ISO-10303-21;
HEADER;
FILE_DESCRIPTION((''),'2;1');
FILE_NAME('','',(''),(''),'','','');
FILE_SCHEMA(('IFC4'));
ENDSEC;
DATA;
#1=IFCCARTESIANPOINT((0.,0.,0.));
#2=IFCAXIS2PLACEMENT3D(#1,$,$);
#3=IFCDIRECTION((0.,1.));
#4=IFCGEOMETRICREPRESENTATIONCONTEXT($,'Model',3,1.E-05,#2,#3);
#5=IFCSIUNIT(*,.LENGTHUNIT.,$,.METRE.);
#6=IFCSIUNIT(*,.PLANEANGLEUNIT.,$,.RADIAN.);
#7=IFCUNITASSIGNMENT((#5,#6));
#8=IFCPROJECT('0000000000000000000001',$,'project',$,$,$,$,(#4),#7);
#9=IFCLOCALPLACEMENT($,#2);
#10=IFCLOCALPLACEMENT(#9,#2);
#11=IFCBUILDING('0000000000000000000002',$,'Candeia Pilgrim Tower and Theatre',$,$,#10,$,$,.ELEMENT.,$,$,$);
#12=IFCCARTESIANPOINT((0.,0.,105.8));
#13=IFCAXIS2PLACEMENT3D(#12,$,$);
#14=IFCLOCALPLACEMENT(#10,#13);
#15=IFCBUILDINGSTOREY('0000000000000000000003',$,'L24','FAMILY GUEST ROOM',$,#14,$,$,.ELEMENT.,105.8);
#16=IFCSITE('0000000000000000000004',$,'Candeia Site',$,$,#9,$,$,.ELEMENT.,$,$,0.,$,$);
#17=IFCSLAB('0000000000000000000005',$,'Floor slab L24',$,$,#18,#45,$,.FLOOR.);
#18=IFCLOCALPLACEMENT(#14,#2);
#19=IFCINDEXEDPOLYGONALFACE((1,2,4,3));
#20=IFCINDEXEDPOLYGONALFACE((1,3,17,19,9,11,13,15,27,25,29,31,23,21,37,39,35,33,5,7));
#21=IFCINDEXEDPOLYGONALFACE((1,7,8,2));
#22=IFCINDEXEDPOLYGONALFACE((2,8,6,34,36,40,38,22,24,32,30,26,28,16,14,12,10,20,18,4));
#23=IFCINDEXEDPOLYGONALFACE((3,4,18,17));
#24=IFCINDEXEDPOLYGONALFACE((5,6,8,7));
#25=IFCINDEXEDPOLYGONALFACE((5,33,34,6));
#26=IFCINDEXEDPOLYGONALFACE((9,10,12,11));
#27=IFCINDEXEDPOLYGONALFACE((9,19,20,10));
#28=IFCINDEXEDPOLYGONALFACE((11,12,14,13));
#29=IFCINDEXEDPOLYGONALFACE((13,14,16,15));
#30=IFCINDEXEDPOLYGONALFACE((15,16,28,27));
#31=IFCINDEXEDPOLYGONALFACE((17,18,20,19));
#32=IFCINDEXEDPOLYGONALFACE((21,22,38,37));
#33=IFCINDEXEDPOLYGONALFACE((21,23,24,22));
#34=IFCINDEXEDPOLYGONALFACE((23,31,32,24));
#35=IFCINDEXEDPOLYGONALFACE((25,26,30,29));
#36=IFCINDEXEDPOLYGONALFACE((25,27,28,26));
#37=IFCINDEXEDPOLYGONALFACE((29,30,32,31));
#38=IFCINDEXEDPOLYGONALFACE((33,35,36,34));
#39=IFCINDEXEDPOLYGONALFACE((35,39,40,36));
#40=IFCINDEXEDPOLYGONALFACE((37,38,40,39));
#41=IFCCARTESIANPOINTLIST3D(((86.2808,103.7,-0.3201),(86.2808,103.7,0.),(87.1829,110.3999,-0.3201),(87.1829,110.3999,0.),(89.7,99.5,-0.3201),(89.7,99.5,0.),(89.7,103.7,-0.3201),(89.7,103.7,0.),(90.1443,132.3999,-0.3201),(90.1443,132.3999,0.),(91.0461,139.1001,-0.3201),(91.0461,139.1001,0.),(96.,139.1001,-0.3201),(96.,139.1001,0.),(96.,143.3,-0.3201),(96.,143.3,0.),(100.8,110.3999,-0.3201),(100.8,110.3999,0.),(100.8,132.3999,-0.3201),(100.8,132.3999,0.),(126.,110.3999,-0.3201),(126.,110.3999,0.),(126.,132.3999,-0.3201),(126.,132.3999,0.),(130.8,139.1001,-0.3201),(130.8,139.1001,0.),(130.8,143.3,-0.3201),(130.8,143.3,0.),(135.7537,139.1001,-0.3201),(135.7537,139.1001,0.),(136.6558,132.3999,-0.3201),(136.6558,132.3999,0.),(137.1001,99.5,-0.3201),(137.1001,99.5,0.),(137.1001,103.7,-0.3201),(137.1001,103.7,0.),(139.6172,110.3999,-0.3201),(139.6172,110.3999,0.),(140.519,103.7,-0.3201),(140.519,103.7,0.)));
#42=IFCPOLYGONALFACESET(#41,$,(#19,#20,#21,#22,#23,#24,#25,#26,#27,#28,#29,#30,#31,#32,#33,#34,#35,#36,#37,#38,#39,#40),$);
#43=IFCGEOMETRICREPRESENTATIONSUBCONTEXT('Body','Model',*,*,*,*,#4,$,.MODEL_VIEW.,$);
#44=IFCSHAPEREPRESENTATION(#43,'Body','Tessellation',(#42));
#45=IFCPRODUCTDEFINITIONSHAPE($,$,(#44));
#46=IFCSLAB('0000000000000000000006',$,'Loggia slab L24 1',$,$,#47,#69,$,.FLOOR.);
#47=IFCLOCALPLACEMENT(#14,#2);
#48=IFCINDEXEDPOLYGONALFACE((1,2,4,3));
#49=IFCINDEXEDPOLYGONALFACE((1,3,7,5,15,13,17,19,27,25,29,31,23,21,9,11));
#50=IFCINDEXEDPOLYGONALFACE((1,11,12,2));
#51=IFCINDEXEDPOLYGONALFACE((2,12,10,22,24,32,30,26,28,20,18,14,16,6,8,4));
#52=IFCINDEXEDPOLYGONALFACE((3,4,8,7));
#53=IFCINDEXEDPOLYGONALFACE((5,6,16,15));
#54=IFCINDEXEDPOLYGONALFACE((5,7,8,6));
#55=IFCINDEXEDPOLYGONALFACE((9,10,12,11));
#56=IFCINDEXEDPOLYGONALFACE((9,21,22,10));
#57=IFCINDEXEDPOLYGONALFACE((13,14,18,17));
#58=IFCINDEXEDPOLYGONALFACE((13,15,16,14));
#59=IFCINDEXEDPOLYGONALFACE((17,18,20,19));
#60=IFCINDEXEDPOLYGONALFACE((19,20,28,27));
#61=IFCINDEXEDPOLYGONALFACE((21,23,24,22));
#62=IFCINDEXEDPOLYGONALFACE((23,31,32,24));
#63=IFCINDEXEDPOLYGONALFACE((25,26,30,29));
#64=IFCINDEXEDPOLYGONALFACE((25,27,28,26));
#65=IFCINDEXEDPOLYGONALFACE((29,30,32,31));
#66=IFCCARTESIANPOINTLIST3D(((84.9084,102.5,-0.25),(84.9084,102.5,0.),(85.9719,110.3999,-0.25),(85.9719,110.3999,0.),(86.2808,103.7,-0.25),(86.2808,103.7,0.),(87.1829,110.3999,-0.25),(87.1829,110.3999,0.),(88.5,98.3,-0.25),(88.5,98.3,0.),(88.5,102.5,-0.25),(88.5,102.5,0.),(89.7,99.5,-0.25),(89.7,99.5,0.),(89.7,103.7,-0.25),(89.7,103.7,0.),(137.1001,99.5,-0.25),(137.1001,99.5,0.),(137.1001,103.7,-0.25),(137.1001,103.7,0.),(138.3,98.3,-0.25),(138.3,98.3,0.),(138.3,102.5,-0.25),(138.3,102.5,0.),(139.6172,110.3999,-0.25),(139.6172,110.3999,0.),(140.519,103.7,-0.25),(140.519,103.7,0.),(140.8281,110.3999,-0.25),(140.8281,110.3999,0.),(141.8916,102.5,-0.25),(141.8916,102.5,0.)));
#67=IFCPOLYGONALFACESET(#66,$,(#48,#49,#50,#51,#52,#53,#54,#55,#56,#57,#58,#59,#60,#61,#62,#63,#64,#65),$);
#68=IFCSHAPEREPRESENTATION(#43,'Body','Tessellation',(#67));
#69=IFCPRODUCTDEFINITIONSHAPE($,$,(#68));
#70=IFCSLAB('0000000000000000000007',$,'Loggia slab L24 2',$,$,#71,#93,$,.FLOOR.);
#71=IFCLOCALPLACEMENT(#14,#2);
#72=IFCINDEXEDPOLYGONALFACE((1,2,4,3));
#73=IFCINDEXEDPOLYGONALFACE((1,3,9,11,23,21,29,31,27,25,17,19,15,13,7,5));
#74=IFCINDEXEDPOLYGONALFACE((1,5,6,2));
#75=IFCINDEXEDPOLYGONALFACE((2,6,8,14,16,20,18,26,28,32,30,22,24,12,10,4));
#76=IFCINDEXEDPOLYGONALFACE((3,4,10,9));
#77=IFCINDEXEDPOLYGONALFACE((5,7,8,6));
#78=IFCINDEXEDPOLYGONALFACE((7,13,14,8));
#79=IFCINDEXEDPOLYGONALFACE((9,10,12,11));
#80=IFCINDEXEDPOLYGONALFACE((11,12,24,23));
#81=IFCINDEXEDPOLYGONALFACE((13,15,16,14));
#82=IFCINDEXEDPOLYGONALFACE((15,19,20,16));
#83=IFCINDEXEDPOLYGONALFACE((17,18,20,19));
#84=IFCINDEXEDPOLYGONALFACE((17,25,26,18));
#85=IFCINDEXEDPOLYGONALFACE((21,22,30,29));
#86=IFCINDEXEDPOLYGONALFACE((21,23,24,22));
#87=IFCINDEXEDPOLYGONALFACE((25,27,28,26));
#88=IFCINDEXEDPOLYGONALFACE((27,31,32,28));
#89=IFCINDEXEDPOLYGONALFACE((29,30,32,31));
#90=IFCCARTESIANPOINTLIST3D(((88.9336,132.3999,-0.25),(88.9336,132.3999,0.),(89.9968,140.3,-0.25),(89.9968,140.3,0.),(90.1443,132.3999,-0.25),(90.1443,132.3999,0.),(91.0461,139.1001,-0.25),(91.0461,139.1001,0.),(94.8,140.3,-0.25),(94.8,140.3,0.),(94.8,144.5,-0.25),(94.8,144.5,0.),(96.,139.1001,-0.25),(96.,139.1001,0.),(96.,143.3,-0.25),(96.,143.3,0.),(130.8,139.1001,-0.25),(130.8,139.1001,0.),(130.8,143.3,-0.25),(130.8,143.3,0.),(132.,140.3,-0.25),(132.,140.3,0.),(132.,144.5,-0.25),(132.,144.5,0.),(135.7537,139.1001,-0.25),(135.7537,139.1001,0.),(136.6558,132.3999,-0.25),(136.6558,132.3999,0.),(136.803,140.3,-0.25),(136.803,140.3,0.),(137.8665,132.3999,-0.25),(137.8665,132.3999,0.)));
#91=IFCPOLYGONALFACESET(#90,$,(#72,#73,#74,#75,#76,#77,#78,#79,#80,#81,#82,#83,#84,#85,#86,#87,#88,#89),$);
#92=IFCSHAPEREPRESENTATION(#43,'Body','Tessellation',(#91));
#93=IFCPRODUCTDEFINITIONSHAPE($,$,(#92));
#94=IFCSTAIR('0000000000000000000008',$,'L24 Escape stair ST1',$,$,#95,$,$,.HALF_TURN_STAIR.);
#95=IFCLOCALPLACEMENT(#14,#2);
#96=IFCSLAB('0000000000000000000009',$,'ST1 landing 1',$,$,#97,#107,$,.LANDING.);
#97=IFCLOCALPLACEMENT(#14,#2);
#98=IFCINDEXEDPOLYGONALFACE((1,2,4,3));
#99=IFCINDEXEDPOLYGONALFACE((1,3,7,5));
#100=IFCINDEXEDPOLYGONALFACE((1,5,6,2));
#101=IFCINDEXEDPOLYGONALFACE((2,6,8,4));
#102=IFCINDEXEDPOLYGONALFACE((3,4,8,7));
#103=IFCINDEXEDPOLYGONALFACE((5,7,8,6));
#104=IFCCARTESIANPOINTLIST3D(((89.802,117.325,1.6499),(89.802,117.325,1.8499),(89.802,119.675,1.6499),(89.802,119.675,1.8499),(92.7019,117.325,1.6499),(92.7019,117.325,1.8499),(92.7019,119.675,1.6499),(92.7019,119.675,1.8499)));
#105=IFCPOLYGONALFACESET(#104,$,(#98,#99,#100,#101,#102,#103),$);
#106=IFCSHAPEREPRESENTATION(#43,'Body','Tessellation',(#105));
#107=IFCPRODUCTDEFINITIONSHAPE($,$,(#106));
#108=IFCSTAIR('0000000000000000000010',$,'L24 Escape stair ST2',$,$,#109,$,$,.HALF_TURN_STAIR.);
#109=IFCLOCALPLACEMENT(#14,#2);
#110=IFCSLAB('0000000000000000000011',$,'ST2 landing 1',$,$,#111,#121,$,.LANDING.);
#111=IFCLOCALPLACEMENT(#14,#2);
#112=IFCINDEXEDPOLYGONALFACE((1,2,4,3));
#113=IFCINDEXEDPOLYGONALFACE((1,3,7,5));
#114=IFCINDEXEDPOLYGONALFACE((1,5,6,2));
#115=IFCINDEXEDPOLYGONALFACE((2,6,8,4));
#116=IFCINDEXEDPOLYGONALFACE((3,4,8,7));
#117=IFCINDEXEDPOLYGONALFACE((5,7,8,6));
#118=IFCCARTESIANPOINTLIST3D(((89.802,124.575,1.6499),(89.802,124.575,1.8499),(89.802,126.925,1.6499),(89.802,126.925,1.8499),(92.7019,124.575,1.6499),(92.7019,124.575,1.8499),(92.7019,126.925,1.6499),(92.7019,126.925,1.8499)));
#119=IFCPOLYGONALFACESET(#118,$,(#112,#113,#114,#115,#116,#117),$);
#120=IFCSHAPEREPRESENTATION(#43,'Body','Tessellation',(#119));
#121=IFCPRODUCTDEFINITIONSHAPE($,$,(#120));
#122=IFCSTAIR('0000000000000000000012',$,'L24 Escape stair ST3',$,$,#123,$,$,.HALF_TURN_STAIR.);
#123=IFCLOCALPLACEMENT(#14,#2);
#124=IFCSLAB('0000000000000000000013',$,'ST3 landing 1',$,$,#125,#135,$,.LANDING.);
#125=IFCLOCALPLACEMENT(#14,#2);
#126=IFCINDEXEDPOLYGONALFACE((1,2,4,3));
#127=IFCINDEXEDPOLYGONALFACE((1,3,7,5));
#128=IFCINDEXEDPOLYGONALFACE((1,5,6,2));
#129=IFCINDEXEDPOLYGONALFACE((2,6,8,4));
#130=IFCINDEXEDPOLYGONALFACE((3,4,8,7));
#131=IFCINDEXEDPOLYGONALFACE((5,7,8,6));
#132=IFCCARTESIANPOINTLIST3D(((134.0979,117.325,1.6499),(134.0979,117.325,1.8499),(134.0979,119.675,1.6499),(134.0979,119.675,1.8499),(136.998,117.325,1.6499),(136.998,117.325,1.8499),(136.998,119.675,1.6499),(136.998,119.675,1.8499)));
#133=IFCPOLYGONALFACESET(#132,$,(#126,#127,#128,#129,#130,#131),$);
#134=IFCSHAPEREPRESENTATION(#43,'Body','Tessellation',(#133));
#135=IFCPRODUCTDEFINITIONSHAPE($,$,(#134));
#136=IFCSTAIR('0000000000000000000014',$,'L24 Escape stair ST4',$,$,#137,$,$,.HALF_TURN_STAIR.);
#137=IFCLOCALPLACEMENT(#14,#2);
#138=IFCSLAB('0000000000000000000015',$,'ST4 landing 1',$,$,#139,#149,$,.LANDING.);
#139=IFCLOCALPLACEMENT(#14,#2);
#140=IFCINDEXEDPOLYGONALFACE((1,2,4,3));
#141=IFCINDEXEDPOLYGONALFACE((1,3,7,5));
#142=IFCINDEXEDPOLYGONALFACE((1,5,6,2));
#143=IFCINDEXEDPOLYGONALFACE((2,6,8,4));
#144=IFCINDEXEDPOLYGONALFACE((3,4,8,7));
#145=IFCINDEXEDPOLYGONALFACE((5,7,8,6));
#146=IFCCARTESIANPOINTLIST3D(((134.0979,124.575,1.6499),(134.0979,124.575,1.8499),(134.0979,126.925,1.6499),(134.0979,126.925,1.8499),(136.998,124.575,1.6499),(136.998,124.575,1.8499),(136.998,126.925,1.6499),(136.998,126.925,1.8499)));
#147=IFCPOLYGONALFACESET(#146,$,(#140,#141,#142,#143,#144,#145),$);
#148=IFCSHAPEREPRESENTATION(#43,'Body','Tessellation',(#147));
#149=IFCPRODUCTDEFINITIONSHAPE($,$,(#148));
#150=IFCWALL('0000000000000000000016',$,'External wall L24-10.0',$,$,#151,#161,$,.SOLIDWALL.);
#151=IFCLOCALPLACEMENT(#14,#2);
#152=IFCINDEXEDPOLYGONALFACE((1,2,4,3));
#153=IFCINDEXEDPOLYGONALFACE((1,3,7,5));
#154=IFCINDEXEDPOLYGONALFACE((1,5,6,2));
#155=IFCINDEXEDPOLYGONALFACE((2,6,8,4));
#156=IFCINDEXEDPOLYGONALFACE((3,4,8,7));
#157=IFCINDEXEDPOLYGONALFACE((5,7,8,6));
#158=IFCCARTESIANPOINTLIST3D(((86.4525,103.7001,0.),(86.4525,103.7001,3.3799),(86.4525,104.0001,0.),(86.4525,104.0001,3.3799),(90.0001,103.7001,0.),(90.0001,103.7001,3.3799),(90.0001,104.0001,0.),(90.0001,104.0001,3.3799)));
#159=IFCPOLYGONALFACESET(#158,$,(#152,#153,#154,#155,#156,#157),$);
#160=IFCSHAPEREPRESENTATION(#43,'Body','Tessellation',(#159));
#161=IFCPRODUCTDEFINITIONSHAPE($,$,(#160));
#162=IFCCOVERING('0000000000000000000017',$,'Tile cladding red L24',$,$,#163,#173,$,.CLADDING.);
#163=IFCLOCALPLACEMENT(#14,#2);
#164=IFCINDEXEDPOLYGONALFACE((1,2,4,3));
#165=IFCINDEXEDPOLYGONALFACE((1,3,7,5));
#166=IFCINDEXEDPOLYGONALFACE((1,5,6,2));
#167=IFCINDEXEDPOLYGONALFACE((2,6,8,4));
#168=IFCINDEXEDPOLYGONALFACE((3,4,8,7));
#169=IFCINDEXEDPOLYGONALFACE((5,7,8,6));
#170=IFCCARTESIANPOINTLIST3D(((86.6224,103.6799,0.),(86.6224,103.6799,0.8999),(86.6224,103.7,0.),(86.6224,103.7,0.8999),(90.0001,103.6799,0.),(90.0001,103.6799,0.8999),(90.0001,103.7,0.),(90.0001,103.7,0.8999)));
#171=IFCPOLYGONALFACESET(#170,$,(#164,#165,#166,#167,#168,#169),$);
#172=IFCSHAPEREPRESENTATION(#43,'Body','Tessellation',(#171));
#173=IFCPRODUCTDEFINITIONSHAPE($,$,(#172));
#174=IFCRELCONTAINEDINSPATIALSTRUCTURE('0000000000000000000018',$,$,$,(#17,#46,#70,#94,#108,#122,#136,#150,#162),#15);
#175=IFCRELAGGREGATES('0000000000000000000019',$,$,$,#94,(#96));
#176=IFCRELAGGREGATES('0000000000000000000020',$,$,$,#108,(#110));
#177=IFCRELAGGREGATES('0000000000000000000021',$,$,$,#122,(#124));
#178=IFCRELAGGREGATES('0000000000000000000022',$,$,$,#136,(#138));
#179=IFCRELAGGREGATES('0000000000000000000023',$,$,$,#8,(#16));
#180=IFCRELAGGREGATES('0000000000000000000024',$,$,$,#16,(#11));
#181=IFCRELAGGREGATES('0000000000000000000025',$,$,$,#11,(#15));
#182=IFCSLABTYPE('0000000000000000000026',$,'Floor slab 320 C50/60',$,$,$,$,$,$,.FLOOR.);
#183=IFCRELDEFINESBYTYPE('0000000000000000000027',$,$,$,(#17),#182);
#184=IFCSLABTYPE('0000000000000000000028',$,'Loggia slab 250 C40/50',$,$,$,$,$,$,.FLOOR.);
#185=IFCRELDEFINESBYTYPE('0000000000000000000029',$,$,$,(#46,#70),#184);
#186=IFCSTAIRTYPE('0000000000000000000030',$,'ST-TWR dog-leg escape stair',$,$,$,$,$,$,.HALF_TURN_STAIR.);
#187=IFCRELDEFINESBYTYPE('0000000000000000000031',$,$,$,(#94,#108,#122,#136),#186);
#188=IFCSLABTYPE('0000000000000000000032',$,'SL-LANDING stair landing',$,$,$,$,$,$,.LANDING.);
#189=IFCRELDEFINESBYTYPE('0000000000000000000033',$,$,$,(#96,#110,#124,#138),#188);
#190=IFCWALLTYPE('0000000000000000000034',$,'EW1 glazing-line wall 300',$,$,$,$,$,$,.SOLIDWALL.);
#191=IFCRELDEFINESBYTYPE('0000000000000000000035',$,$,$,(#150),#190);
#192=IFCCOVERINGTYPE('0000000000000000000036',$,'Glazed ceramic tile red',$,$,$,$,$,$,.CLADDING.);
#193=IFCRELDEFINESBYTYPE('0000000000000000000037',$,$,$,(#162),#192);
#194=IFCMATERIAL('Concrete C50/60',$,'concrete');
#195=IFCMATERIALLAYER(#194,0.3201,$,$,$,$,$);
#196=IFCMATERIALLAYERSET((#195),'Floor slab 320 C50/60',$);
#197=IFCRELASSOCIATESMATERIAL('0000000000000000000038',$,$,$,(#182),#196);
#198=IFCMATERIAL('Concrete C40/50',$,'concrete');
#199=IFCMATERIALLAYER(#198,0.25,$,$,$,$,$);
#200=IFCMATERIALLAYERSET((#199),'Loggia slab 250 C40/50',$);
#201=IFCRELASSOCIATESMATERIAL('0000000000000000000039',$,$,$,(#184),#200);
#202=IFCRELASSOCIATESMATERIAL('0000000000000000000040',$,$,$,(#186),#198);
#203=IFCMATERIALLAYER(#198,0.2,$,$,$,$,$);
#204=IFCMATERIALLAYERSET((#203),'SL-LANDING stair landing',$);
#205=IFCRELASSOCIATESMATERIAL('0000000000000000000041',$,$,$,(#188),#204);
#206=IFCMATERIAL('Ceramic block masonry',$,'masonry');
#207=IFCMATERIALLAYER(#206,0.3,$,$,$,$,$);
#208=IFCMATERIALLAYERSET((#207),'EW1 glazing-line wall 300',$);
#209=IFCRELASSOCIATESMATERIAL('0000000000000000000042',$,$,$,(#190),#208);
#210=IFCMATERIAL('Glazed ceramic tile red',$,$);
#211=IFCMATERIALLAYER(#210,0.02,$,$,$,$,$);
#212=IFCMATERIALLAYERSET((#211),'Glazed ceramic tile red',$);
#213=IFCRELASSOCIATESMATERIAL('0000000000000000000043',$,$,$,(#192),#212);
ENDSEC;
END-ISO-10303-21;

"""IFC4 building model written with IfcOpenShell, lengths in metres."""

from ifc_helpers import new_model, si_unit, direction, frame, frame_2d, origin, origin_2d, place, context, subcontext, project, spatial, polyline, rectangle, outline, extrude, material, layer, layer_set, type_object, element, aggregate, save


model = new_model("IFC4")

# Units and contexts
model_context = context("Model", 3, precision=1e-05, world=origin(), true_north=direction((0.0, 1.0)))
body_context = subcontext(model_context, "Body", "Model", "MODEL_VIEW")
ifc_project = project(units=[si_unit("LENGTHUNIT", "METRE"), si_unit("PLANEANGLEUNIT", "RADIAN")], contexts=[model_context])

# Site, building, storey
site_placement = place(None, origin())
site = spatial("IfcSite", under=ifc_project, at=site_placement, Name="Candeia Site", CompositionType="ELEMENT", RefElevation=0.0)
building_placement = place(site_placement, origin())
building = spatial("IfcBuilding", under=site, at=building_placement, Name="Candeia Pilgrim Tower and Theatre", CompositionType="ELEMENT")
storey_placement = place(building_placement, frame((0.0, 0.0, 105.8)))
storey = spatial("IfcBuildingStorey", under=building, at=storey_placement, Name="L24", Description="FAMILY GUEST ROOM", CompositionType="ELEMENT", Elevation=105.8)

# Slabs
ifc_material_1 = material(Name="Concrete C40/50", Category="concrete")
ifc_material_2 = material(Name="Concrete C50/60", Category="concrete")
ifc_layer_1 = layer(ifc_material_2, 0.3201)
ifc_layer_set_1 = layer_set([ifc_layer_1], Name="Floor slab 320 C50/60")
slab_type_1 = type_object("IfcSlabType", Name="Floor slab 320 C50/60", PredefinedType="FLOOR", material=ifc_layer_set_1)
slab_1_placement = place(storey_placement, frame((0.0, 0.0, -0.3201)))
element("IfcSlab", 1, at=slab_1_placement, inside=storey, type_object=slab_type_1, Name="Floor slab L24", PredefinedType="FLOOR", context=body_context, shape_type="SweptSolid", body=[
    extrude(outline(polyline([(96.0, 139.1001), (96.0, 143.3), (130.8, 143.3), (130.8, 139.1001), (135.7537, 139.1001), (136.6558, 132.3999), (126.0, 132.3999), (126.0, 110.3999), (139.6172, 110.3999), (140.519, 103.7), (137.1001, 103.7), (137.1001, 99.5), (89.7, 99.5), (89.7, 103.7), (86.2808, 103.7), (87.1829, 110.3999), (100.8, 110.3999), (100.8, 132.3999), (90.1443, 132.3999), (91.0461, 139.1001), (96.0, 139.1001)])), origin(), (0.0, 0.0, 1.0), 0.3201),
])
ifc_layer_2 = layer(ifc_material_1, 0.25)
ifc_layer_set_2 = layer_set([ifc_layer_2], Name="Loggia slab 250 C40/50")
slab_type_2 = type_object("IfcSlabType", Name="Loggia slab 250 C40/50", PredefinedType="FLOOR", material=ifc_layer_set_2)
slab_2_placement = place(storey_placement, frame((0.0, 0.0, -0.25)))
element("IfcSlab", 2, at=slab_2_placement, inside=storey, type_object=slab_type_2, Name="Loggia slab L24 1", PredefinedType="FLOOR", context=body_context, shape_type="SweptSolid", body=[
    extrude(outline(polyline([(87.1829, 110.3999), (86.2808, 103.7), (89.7, 103.7), (89.7, 99.5), (137.1001, 99.5), (137.1001, 103.7), (140.519, 103.7), (139.6172, 110.3999), (140.8281, 110.3999), (141.8916, 102.5), (138.3, 102.5), (138.3, 98.3), (88.5, 98.3), (88.5, 102.5), (84.9084, 102.5), (85.9719, 110.3999), (87.1829, 110.3999)])), origin(), (0.0, 0.0, 1.0), 0.25),
])
slab_3_placement = place(storey_placement, frame((0.0, 0.0, -0.25)))
element("IfcSlab", 3, at=slab_3_placement, inside=storey, type_object=slab_type_2, Name="Loggia slab L24 2", PredefinedType="FLOOR", context=body_context, shape_type="SweptSolid", body=[
    extrude(outline(polyline([(136.6558, 132.3999), (135.7537, 139.1001), (130.8, 139.1001), (130.8, 143.3), (96.0, 143.3), (96.0, 139.1001), (91.0461, 139.1001), (90.1443, 132.3999), (88.9336, 132.3999), (89.9968, 140.3), (94.8, 140.3), (94.8, 144.5), (132.0, 144.5), (132.0, 140.3), (136.803, 140.3), (137.8665, 132.3999), (136.6558, 132.3999)])), origin(), (0.0, 0.0, 1.0), 0.25),
])

# Stairs, slabs
stair_type = type_object("IfcStairType", Name="ST-TWR dog-leg escape stair", PredefinedType="HALF_TURN_STAIR", material=ifc_material_1)
stair_1_placement = place(storey_placement, origin())
stair_1 = element("IfcStair", 4, at=stair_1_placement, inside=storey, type_object=stair_type, Name="L24 Escape stair ST1", PredefinedType="HALF_TURN_STAIR")
ifc_layer_3 = layer(ifc_material_1, 0.2)
ifc_layer_set_3 = layer_set([ifc_layer_3], Name="SL-LANDING stair landing")
slab_type_3 = type_object("IfcSlabType", Name="SL-LANDING stair landing", PredefinedType="LANDING", material=ifc_layer_set_3)
slab_4_placement = place(storey_placement, frame((0.0, 0.0, 1.6499)))
slab_4 = element("IfcSlab", 5, at=slab_4_placement, type_object=slab_type_3, Name="ST1 landing 1", PredefinedType="LANDING", context=body_context, shape_type="SweptSolid", body=[
    extrude(outline(polyline([(89.802, 119.675), (89.802, 117.325), (92.7019, 117.325), (92.7019, 119.675), (89.802, 119.675)])), origin(), (0.0, 0.0, 1.0), 0.2),
])
aggregate(stair_1, [slab_4])
stair_2_placement = place(storey_placement, origin())
stair_2 = element("IfcStair", 6, at=stair_2_placement, inside=storey, type_object=stair_type, Name="L24 Escape stair ST2", PredefinedType="HALF_TURN_STAIR")
slab_5_placement = place(storey_placement, frame((0.0, 0.0, 1.6499)))
slab_5 = element("IfcSlab", 7, at=slab_5_placement, type_object=slab_type_3, Name="ST2 landing 1", PredefinedType="LANDING", context=body_context, shape_type="SweptSolid", body=[
    extrude(outline(polyline([(89.802, 126.925), (89.802, 124.575), (92.7019, 124.575), (92.7019, 126.925), (89.802, 126.925)])), origin(), (0.0, 0.0, 1.0), 0.2),
])
aggregate(stair_2, [slab_5])
stair_3_placement = place(storey_placement, origin())
stair_3 = element("IfcStair", 8, at=stair_3_placement, inside=storey, type_object=stair_type, Name="L24 Escape stair ST3", PredefinedType="HALF_TURN_STAIR")
slab_6_placement = place(storey_placement, frame((0.0, 0.0, 1.6499)))
slab_6 = element("IfcSlab", 9, at=slab_6_placement, type_object=slab_type_3, Name="ST3 landing 1", PredefinedType="LANDING", context=body_context, shape_type="SweptSolid", body=[
    extrude(outline(polyline([(134.0979, 119.675), (134.0979, 117.325), (136.998, 117.325), (136.998, 119.675), (134.0979, 119.675)])), origin(), (0.0, 0.0, 1.0), 0.2),
])
aggregate(stair_3, [slab_6])
stair_4_placement = place(storey_placement, origin())
stair_4 = element("IfcStair", 10, at=stair_4_placement, inside=storey, type_object=stair_type, Name="L24 Escape stair ST4", PredefinedType="HALF_TURN_STAIR")
slab_7_placement = place(storey_placement, frame((0.0, 0.0, 1.6499)))
slab_7 = element("IfcSlab", 11, at=slab_7_placement, type_object=slab_type_3, Name="ST4 landing 1", PredefinedType="LANDING", context=body_context, shape_type="SweptSolid", body=[
    extrude(outline(polyline([(134.0979, 126.925), (134.0979, 124.575), (136.998, 124.575), (136.998, 126.925), (134.0979, 126.925)])), origin(), (0.0, 0.0, 1.0), 0.2),
])
aggregate(stair_4, [slab_7])

# Wall
ifc_material_3 = material(Name="Ceramic block masonry", Category="masonry")
ifc_layer_4 = layer(ifc_material_3, 0.3)
ifc_layer_set_4 = layer_set([ifc_layer_4], Name="EW1 glazing-line wall 300")
wall_type = type_object("IfcWallType", Name="EW1 glazing-line wall 300", PredefinedType="SOLIDWALL", material=ifc_layer_set_4)
wall_placement = place(storey_placement, frame((86.4524, 103.8501, 0.0), z_axis=(0.0, 0.0, 1.0), x_axis=(1.0, 0.0, 0.0)))
element("IfcWall", 12, at=wall_placement, inside=storey, type_object=wall_type, Name="External wall L24-10.0", PredefinedType="SOLIDWALL", context=body_context, shape_type="SweptSolid", body=[
    extrude(rectangle(XDim=3.5476, YDim=0.3, at=frame_2d((1.7739, 0.0))), origin(), (0.0, 0.0, 1.0), 3.3799),
])

# Covering
ifc_material_4 = material(Name="Glazed ceramic tile red")
ifc_layer_5 = layer(ifc_material_4, 0.02)
ifc_layer_set_5 = layer_set([ifc_layer_5], Name="Glazed ceramic tile red")
covering_type = type_object("IfcCoveringType", Name="Glazed ceramic tile red", PredefinedType="CLADDING", material=ifc_layer_set_5)
covering_placement = place(storey_placement, frame((88.3113, 103.6899, 0.0), z_axis=(0.0, 0.0, 1.0), x_axis=(1.0, 0.0, 0.0)))
element("IfcCovering", 13, at=covering_placement, inside=storey, type_object=covering_type, Name="Tile cladding red L24", PredefinedType="CLADDING", context=body_context, shape_type="SweptSolid", body=[
    extrude(rectangle(XDim=3.3777, YDim=0.02, at=origin_2d()), origin(), (0.0, 0.0, 1.0), 0.8999),
])

save(model, "model.ifc")
